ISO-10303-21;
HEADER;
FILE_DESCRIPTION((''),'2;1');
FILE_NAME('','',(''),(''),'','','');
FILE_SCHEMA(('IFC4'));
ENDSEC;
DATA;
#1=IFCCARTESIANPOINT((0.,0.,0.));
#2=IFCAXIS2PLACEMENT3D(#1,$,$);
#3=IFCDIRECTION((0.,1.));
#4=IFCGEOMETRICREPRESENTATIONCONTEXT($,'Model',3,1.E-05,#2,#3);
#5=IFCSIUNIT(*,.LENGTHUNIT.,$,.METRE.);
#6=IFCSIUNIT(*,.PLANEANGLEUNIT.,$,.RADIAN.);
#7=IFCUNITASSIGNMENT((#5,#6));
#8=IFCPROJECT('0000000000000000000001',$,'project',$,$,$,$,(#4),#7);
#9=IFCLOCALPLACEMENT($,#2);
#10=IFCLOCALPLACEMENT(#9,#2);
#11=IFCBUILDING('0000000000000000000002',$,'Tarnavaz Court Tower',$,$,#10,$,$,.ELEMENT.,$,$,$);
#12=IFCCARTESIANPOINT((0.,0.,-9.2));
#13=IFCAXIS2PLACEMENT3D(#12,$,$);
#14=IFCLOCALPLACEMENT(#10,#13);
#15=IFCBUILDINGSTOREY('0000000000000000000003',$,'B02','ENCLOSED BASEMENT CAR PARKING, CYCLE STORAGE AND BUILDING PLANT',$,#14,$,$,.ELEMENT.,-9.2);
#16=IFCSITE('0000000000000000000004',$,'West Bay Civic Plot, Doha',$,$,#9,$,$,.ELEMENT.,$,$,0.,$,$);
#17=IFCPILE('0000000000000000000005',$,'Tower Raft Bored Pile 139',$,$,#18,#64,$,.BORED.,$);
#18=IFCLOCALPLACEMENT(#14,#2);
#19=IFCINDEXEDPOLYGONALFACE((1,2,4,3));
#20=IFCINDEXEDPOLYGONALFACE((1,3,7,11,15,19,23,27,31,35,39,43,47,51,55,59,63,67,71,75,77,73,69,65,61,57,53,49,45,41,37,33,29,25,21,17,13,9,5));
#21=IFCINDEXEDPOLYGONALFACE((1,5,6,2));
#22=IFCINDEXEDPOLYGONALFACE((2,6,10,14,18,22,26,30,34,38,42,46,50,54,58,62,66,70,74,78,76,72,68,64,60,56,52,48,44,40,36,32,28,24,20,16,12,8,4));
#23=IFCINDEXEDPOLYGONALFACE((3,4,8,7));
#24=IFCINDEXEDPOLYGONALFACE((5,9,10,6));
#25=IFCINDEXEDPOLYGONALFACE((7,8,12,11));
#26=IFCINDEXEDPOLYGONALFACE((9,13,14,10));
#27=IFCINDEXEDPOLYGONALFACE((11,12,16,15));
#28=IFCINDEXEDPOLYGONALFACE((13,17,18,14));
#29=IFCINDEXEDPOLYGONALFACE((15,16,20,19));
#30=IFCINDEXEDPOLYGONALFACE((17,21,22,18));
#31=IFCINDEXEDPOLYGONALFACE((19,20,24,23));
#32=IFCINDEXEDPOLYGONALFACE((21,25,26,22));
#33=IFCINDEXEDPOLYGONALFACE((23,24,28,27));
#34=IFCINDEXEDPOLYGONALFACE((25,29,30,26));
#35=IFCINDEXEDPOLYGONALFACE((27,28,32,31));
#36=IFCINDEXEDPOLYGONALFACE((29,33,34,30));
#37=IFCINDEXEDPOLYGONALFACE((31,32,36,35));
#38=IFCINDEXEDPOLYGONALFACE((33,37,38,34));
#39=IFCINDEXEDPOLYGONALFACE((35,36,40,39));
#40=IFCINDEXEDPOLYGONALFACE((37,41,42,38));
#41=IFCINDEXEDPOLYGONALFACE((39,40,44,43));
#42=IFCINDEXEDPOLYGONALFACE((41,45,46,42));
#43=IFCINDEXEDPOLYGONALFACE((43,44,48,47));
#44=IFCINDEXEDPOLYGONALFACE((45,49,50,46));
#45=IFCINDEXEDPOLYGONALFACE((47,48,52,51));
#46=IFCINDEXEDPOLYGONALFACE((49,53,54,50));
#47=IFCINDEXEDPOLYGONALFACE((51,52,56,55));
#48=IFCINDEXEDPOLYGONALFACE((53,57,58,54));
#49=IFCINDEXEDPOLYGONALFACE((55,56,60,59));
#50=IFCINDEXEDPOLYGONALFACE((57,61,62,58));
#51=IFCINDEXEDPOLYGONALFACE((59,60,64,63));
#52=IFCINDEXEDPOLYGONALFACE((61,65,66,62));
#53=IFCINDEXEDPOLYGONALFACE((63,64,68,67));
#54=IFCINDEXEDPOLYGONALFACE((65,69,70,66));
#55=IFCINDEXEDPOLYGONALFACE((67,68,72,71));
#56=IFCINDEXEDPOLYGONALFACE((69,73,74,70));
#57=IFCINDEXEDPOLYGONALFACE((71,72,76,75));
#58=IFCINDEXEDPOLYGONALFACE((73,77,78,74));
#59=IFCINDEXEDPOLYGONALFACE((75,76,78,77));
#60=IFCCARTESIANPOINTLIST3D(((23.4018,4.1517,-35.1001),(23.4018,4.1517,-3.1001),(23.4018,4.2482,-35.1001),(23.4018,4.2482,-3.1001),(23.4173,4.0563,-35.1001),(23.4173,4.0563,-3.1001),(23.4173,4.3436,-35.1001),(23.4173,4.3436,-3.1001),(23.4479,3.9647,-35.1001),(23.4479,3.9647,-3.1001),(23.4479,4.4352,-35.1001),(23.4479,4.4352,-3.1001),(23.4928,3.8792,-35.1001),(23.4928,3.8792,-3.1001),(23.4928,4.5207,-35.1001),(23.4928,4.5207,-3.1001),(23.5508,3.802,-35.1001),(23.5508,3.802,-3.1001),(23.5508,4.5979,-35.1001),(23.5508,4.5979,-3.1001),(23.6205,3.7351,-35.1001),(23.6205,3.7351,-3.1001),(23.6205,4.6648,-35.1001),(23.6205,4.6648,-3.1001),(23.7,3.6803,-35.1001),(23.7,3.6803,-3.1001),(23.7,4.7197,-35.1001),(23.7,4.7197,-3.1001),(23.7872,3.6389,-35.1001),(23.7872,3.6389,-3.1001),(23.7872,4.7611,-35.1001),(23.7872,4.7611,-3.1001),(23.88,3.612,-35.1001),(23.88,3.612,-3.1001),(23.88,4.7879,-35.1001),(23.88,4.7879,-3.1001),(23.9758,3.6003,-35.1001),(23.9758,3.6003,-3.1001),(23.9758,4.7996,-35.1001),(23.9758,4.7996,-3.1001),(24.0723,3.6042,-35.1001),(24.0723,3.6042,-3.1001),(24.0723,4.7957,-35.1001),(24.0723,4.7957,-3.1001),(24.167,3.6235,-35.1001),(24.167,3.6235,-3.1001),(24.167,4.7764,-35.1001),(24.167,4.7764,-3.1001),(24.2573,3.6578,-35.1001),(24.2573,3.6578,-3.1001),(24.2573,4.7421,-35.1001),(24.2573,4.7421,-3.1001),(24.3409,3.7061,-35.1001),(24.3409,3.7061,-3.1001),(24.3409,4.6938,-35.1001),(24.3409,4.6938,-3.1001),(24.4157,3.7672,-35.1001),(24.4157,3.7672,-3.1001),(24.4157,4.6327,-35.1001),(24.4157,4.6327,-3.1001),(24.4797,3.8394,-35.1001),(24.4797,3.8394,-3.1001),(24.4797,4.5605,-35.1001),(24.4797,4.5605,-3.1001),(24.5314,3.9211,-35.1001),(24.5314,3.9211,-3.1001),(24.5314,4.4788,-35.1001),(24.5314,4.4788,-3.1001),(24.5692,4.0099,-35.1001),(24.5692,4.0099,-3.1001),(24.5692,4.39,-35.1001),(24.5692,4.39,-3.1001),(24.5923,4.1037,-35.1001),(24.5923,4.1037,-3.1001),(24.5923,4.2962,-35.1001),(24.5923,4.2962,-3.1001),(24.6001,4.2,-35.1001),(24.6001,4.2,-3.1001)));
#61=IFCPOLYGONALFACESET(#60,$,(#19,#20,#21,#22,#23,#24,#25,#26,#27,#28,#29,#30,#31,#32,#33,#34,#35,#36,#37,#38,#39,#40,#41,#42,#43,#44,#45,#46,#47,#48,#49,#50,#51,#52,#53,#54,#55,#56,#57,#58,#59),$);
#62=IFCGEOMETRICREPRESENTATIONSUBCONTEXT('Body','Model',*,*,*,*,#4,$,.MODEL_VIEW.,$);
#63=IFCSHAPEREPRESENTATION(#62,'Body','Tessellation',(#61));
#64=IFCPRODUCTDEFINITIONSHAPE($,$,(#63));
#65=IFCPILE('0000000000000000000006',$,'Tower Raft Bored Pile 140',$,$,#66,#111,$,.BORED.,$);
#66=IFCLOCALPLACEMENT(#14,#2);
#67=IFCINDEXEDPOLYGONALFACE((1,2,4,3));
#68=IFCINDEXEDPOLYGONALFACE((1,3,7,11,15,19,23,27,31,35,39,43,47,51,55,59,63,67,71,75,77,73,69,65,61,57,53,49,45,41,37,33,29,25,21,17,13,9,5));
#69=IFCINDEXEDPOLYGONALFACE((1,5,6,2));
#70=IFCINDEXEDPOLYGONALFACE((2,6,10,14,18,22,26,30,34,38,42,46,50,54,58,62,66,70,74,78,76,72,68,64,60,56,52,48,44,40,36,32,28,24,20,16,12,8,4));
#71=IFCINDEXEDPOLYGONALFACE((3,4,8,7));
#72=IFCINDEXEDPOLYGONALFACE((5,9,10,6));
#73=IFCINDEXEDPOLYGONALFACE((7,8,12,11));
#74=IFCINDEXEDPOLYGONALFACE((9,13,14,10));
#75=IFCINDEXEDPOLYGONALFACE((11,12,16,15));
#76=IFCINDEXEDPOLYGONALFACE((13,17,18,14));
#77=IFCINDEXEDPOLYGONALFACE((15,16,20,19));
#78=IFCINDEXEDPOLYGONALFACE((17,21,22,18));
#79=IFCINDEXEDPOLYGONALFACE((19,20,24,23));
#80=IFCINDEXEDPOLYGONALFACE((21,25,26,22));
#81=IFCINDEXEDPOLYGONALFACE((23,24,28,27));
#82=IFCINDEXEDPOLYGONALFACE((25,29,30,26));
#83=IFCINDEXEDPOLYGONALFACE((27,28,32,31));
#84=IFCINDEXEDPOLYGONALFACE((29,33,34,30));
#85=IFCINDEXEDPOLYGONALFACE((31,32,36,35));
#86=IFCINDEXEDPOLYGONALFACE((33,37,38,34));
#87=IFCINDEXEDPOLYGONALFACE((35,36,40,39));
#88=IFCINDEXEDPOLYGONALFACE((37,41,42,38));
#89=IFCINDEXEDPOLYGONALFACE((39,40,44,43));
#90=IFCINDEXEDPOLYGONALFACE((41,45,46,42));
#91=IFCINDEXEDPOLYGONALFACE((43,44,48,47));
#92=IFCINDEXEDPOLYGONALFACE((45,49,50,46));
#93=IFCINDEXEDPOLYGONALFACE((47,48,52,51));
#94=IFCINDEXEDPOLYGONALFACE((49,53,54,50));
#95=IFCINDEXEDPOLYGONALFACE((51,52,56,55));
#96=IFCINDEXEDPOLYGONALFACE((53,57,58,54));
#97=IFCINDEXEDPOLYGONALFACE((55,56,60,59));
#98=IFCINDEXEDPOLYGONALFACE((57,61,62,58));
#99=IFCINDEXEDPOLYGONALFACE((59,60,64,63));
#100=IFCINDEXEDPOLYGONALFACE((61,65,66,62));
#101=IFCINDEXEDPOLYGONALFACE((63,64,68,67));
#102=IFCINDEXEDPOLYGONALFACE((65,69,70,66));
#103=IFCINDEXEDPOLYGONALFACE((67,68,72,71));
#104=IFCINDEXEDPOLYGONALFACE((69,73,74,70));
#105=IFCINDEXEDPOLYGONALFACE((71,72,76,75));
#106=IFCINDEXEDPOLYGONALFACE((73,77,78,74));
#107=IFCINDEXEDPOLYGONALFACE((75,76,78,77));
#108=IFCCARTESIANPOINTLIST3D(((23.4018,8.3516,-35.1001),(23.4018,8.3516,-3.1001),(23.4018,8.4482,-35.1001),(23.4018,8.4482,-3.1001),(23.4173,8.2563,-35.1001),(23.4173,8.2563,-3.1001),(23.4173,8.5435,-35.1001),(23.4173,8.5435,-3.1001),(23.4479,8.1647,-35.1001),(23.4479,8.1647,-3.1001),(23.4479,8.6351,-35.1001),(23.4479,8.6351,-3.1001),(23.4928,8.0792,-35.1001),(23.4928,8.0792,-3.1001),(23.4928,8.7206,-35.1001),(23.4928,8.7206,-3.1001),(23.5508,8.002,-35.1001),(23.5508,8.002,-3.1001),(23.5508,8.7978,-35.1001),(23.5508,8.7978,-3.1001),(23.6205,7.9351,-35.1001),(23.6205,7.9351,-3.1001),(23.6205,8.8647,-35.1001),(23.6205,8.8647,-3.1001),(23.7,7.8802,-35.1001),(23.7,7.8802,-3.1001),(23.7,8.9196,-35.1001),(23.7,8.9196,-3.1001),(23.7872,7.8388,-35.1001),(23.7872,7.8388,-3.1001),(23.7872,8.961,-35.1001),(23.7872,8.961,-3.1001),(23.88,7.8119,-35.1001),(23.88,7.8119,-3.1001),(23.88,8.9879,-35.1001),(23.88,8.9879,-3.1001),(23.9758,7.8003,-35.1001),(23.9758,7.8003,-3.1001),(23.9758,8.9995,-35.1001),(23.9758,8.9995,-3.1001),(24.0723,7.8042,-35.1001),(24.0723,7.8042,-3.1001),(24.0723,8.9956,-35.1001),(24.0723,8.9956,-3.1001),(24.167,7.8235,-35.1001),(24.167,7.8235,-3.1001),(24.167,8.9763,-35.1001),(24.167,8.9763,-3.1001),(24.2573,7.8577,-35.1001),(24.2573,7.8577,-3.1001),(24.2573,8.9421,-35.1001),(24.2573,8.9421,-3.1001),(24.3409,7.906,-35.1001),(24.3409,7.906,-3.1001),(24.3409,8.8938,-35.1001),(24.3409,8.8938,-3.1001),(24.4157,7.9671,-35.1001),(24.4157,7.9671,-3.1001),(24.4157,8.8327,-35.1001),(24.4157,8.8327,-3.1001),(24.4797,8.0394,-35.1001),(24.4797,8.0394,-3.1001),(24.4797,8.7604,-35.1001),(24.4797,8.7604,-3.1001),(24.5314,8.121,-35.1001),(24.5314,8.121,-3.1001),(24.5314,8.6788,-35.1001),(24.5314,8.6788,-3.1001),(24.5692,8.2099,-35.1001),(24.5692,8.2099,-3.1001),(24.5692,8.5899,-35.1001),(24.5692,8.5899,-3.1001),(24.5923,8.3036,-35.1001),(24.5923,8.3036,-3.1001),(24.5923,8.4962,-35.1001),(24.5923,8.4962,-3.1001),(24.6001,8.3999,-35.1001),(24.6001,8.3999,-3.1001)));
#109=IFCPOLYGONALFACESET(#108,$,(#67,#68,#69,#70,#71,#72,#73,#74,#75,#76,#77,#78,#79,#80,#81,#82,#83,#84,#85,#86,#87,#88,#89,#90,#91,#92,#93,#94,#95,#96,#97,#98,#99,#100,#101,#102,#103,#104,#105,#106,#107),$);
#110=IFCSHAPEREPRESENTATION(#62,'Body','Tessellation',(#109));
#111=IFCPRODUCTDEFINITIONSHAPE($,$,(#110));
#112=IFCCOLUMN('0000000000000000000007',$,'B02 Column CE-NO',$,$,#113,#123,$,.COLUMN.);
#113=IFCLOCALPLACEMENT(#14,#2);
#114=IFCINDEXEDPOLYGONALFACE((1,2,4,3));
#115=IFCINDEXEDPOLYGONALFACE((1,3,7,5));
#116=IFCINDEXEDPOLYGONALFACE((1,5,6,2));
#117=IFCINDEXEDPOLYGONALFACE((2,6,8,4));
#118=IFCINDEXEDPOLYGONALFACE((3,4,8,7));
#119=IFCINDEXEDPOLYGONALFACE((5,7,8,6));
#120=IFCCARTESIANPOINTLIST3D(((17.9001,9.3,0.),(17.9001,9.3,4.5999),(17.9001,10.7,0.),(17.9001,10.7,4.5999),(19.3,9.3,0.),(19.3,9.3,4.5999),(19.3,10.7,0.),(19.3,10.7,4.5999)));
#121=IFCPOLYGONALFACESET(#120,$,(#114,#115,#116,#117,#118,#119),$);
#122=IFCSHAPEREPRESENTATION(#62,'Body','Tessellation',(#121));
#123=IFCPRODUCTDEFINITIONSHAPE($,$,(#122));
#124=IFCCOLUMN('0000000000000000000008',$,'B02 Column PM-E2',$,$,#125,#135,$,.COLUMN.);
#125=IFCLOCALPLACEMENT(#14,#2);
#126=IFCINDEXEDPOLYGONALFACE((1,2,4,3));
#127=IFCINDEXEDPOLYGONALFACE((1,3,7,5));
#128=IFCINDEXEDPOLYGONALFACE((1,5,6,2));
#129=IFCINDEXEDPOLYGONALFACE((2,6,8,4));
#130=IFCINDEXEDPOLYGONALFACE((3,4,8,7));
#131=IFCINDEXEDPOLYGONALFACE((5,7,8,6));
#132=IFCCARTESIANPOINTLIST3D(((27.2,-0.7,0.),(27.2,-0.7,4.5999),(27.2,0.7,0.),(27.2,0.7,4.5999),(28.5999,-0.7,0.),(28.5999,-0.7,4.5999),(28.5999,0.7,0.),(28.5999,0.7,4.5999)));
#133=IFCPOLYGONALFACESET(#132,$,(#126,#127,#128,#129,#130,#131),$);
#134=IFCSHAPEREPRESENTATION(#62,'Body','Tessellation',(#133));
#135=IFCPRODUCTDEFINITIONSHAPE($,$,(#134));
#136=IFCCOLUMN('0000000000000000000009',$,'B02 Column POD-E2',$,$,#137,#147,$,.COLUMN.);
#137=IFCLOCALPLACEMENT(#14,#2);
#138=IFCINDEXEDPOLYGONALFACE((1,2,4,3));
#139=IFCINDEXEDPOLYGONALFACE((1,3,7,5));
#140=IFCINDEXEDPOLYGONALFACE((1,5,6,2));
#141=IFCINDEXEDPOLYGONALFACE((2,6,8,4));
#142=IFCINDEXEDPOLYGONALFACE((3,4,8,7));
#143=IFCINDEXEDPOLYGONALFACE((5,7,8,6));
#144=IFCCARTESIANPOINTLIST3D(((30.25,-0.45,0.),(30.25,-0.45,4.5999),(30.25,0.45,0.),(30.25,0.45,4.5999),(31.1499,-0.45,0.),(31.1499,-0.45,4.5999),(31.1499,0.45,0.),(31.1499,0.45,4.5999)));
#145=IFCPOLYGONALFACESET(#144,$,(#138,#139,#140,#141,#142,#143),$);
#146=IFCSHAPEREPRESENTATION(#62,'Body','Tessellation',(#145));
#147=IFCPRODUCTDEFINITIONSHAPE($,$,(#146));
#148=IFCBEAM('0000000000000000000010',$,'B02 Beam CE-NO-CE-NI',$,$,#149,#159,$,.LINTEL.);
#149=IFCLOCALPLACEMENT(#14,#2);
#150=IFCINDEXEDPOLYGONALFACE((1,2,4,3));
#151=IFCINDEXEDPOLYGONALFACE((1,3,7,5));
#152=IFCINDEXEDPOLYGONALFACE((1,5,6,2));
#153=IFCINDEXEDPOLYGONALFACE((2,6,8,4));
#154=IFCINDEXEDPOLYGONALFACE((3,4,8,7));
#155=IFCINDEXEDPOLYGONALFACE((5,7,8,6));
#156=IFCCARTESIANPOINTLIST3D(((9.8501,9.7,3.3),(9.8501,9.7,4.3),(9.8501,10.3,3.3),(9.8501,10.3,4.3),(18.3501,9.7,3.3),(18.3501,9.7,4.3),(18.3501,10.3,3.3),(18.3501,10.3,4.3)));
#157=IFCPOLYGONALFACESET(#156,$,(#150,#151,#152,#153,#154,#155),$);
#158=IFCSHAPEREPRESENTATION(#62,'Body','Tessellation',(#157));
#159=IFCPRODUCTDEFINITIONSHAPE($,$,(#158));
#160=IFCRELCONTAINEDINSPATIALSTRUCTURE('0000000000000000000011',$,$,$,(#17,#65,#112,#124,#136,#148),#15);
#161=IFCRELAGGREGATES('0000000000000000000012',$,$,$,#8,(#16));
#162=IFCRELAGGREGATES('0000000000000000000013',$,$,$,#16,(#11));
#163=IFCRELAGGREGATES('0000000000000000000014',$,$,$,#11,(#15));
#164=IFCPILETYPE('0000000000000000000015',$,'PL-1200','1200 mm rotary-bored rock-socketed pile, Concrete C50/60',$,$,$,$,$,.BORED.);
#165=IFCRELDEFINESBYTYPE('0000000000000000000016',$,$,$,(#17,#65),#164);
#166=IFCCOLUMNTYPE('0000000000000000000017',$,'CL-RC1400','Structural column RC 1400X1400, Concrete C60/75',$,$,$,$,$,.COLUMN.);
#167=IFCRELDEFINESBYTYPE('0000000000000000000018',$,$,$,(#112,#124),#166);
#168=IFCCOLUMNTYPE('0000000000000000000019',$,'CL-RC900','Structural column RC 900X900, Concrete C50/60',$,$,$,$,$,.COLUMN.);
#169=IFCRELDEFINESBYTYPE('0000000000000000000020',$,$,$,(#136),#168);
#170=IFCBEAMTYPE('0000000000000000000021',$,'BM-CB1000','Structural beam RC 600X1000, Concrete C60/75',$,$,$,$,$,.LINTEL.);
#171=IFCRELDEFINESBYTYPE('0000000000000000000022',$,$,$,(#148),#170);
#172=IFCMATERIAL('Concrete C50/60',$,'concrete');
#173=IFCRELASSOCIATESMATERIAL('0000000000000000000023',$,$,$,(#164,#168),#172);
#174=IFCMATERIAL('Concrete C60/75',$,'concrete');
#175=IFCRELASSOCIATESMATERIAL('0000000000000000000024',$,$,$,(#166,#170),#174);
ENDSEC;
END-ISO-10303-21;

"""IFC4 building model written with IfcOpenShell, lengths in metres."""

from ifc_helpers import new_model, si_unit, direction, frame, origin, origin_2d, place, context, subcontext, project, spatial, rectangle, circle, extrude, material, material_profile, profile_set, type_object, element, save


model = new_model("IFC4")

# Units and contexts
model_context = context("Model", 3, precision=1e-05, world=origin(), true_north=direction((0.0, 1.0)))
body_context = subcontext(model_context, "Body", "Model", "MODEL_VIEW")
ifc_project = project(units=[si_unit("LENGTHUNIT", "METRE"), si_unit("PLANEANGLEUNIT", "RADIAN")], contexts=[model_context])

# Site, building, storey
site_placement = place(None, origin())
site = spatial("IfcSite", under=ifc_project, at=site_placement, Name="West Bay Civic Plot, Doha", CompositionType="ELEMENT", RefElevation=0.0)
building_placement = place(site_placement, origin())
building = spatial("IfcBuilding", under=site, at=building_placement, Name="Tarnavaz Court Tower", CompositionType="ELEMENT")
storey_placement = place(building_placement, frame((0.0, 0.0, -9.2)))
storey = spatial("IfcBuildingStorey", under=building, at=storey_placement, Name="B02", Description="ENCLOSED BASEMENT CAR PARKING, CYCLE STORAGE AND BUILDING PLANT", CompositionType="ELEMENT", Elevation=-9.2)

# Shared definitions
ifc_material_1 = material(Name="Concrete C50/60", Category="concrete")

# Piles
ifc_material_profile_1 = material_profile(ifc_material_1, circle(Radius=0.6001, at=origin_2d()), Name="PILE D1200")
ifc_profile_set_1 = profile_set([ifc_material_profile_1], Name="Concrete C50/60")
pile_type_1 = type_object("IfcPileType", Name="PL-1200", Description="1200 mm rotary-bored rock-socketed pile, Concrete C50/60", PredefinedType="BORED", material=ifc_profile_set_1)
for number, where, z_axis, x_axis, name in (
    (1, (24.0, 4.2, -3.1001), (0.0, 0.0, -1.0), (1.0, 0.0, 0.0), "Tower Raft Bored Pile 139"),
    (2, (24.0, 8.3999, -3.1001), (0.0, 0.0, -1.0), (1.0, 0.0, 0.0), "Tower Raft Bored Pile 140"),
):
    element("IfcPile", number, at=place(storey_placement, frame(where, z_axis=z_axis, x_axis=x_axis)), inside=storey, type_object=pile_type_1, Name=name, PredefinedType="BORED", context=body_context, shape_type="SweptSolid", body=[
        extrude(circle(Radius=0.6001, at=origin_2d()), origin(), (0.0, 0.0, 1.0), 32.0),
    ])

# Columns
ifc_material_2 = material(Name="Concrete C60/75", Category="concrete")
ifc_material_profile_2 = material_profile(ifc_material_2, rectangle(XDim=1.3999, YDim=1.3999, at=origin_2d()), Name="RC 1400X1400")
ifc_profile_set_2 = profile_set([ifc_material_profile_2], Name="Concrete C60/75")
column_type_1 = type_object("IfcColumnType", Name="CL-RC1400", Description="Structural column RC 1400X1400, Concrete C60/75", PredefinedType="COLUMN", material=ifc_profile_set_2)
for number, where, z_axis, x_axis, name in (
    (3, (18.6001, 10.0, 0.0), (0.0, 0.0, 1.0), (1.0, 0.0, 0.0), "B02 Column CE-NO"),
    (4, (27.8999, 0.0, 0.0), (0.0, 0.0, 1.0), (1.0, 0.0, 0.0), "B02 Column PM-E2"),
):
    element("IfcColumn", number, at=place(storey_placement, frame(where, z_axis=z_axis, x_axis=x_axis)), inside=storey, type_object=column_type_1, Name=name, PredefinedType="COLUMN", context=body_context, shape_type="SweptSolid", body=[
        extrude(rectangle(XDim=1.3999, YDim=1.3999, at=origin_2d()), origin(), (0.0, 0.0, 1.0), 4.5999),
    ])
ifc_material_profile_3 = material_profile(ifc_material_1, rectangle(XDim=0.8999, YDim=0.8999, at=origin_2d()), Name="RC 900X900")
ifc_profile_set_3 = profile_set([ifc_material_profile_3], Name="Concrete C50/60")
column_type_2 = type_object("IfcColumnType", Name="CL-RC900", Description="Structural column RC 900X900, Concrete C50/60", PredefinedType="COLUMN", material=ifc_profile_set_3)
column_placement = place(storey_placement, frame((30.7, 0.0, 0.0), z_axis=(0.0, 0.0, 1.0), x_axis=(1.0, 0.0, 0.0)))
element("IfcColumn", 5, at=column_placement, inside=storey, type_object=column_type_2, Name="B02 Column POD-E2", PredefinedType="COLUMN", context=body_context, shape_type="SweptSolid", body=[
    extrude(rectangle(XDim=0.8999, YDim=0.8999, at=origin_2d()), origin(), (0.0, 0.0, 1.0), 4.5999),
])

# Beam
ifc_material_profile_4 = material_profile(ifc_material_2, rectangle(XDim=0.6001, YDim=1.0, at=origin_2d()), Name="RC 600X1000")
ifc_profile_set_4 = profile_set([ifc_material_profile_4], Name="Concrete C60/75")
beam_type_1 = type_object("IfcBeamType", Name="BM-CB1000", Description="Structural beam RC 600X1000, Concrete C60/75", PredefinedType="LINTEL", material=ifc_profile_set_4)
beam_1_placement = place(storey_placement, frame((18.3501, 10.0, 3.8), z_axis=(-1.0, 0.0, 0.0), x_axis=(0.0, -1.0, 0.0)))
element("IfcBeam", 6, at=beam_1_placement, inside=storey, type_object=beam_type_1, Name="B02 Beam CE-NO-CE-NI", PredefinedType="LINTEL", context=body_context, shape_type="SweptSolid", body=[
    extrude(rectangle(XDim=0.6001, YDim=1.0, at=origin_2d()), origin(), (0.0, 0.0, 1.0), 8.5),
])

save(model, "model.ifc")
